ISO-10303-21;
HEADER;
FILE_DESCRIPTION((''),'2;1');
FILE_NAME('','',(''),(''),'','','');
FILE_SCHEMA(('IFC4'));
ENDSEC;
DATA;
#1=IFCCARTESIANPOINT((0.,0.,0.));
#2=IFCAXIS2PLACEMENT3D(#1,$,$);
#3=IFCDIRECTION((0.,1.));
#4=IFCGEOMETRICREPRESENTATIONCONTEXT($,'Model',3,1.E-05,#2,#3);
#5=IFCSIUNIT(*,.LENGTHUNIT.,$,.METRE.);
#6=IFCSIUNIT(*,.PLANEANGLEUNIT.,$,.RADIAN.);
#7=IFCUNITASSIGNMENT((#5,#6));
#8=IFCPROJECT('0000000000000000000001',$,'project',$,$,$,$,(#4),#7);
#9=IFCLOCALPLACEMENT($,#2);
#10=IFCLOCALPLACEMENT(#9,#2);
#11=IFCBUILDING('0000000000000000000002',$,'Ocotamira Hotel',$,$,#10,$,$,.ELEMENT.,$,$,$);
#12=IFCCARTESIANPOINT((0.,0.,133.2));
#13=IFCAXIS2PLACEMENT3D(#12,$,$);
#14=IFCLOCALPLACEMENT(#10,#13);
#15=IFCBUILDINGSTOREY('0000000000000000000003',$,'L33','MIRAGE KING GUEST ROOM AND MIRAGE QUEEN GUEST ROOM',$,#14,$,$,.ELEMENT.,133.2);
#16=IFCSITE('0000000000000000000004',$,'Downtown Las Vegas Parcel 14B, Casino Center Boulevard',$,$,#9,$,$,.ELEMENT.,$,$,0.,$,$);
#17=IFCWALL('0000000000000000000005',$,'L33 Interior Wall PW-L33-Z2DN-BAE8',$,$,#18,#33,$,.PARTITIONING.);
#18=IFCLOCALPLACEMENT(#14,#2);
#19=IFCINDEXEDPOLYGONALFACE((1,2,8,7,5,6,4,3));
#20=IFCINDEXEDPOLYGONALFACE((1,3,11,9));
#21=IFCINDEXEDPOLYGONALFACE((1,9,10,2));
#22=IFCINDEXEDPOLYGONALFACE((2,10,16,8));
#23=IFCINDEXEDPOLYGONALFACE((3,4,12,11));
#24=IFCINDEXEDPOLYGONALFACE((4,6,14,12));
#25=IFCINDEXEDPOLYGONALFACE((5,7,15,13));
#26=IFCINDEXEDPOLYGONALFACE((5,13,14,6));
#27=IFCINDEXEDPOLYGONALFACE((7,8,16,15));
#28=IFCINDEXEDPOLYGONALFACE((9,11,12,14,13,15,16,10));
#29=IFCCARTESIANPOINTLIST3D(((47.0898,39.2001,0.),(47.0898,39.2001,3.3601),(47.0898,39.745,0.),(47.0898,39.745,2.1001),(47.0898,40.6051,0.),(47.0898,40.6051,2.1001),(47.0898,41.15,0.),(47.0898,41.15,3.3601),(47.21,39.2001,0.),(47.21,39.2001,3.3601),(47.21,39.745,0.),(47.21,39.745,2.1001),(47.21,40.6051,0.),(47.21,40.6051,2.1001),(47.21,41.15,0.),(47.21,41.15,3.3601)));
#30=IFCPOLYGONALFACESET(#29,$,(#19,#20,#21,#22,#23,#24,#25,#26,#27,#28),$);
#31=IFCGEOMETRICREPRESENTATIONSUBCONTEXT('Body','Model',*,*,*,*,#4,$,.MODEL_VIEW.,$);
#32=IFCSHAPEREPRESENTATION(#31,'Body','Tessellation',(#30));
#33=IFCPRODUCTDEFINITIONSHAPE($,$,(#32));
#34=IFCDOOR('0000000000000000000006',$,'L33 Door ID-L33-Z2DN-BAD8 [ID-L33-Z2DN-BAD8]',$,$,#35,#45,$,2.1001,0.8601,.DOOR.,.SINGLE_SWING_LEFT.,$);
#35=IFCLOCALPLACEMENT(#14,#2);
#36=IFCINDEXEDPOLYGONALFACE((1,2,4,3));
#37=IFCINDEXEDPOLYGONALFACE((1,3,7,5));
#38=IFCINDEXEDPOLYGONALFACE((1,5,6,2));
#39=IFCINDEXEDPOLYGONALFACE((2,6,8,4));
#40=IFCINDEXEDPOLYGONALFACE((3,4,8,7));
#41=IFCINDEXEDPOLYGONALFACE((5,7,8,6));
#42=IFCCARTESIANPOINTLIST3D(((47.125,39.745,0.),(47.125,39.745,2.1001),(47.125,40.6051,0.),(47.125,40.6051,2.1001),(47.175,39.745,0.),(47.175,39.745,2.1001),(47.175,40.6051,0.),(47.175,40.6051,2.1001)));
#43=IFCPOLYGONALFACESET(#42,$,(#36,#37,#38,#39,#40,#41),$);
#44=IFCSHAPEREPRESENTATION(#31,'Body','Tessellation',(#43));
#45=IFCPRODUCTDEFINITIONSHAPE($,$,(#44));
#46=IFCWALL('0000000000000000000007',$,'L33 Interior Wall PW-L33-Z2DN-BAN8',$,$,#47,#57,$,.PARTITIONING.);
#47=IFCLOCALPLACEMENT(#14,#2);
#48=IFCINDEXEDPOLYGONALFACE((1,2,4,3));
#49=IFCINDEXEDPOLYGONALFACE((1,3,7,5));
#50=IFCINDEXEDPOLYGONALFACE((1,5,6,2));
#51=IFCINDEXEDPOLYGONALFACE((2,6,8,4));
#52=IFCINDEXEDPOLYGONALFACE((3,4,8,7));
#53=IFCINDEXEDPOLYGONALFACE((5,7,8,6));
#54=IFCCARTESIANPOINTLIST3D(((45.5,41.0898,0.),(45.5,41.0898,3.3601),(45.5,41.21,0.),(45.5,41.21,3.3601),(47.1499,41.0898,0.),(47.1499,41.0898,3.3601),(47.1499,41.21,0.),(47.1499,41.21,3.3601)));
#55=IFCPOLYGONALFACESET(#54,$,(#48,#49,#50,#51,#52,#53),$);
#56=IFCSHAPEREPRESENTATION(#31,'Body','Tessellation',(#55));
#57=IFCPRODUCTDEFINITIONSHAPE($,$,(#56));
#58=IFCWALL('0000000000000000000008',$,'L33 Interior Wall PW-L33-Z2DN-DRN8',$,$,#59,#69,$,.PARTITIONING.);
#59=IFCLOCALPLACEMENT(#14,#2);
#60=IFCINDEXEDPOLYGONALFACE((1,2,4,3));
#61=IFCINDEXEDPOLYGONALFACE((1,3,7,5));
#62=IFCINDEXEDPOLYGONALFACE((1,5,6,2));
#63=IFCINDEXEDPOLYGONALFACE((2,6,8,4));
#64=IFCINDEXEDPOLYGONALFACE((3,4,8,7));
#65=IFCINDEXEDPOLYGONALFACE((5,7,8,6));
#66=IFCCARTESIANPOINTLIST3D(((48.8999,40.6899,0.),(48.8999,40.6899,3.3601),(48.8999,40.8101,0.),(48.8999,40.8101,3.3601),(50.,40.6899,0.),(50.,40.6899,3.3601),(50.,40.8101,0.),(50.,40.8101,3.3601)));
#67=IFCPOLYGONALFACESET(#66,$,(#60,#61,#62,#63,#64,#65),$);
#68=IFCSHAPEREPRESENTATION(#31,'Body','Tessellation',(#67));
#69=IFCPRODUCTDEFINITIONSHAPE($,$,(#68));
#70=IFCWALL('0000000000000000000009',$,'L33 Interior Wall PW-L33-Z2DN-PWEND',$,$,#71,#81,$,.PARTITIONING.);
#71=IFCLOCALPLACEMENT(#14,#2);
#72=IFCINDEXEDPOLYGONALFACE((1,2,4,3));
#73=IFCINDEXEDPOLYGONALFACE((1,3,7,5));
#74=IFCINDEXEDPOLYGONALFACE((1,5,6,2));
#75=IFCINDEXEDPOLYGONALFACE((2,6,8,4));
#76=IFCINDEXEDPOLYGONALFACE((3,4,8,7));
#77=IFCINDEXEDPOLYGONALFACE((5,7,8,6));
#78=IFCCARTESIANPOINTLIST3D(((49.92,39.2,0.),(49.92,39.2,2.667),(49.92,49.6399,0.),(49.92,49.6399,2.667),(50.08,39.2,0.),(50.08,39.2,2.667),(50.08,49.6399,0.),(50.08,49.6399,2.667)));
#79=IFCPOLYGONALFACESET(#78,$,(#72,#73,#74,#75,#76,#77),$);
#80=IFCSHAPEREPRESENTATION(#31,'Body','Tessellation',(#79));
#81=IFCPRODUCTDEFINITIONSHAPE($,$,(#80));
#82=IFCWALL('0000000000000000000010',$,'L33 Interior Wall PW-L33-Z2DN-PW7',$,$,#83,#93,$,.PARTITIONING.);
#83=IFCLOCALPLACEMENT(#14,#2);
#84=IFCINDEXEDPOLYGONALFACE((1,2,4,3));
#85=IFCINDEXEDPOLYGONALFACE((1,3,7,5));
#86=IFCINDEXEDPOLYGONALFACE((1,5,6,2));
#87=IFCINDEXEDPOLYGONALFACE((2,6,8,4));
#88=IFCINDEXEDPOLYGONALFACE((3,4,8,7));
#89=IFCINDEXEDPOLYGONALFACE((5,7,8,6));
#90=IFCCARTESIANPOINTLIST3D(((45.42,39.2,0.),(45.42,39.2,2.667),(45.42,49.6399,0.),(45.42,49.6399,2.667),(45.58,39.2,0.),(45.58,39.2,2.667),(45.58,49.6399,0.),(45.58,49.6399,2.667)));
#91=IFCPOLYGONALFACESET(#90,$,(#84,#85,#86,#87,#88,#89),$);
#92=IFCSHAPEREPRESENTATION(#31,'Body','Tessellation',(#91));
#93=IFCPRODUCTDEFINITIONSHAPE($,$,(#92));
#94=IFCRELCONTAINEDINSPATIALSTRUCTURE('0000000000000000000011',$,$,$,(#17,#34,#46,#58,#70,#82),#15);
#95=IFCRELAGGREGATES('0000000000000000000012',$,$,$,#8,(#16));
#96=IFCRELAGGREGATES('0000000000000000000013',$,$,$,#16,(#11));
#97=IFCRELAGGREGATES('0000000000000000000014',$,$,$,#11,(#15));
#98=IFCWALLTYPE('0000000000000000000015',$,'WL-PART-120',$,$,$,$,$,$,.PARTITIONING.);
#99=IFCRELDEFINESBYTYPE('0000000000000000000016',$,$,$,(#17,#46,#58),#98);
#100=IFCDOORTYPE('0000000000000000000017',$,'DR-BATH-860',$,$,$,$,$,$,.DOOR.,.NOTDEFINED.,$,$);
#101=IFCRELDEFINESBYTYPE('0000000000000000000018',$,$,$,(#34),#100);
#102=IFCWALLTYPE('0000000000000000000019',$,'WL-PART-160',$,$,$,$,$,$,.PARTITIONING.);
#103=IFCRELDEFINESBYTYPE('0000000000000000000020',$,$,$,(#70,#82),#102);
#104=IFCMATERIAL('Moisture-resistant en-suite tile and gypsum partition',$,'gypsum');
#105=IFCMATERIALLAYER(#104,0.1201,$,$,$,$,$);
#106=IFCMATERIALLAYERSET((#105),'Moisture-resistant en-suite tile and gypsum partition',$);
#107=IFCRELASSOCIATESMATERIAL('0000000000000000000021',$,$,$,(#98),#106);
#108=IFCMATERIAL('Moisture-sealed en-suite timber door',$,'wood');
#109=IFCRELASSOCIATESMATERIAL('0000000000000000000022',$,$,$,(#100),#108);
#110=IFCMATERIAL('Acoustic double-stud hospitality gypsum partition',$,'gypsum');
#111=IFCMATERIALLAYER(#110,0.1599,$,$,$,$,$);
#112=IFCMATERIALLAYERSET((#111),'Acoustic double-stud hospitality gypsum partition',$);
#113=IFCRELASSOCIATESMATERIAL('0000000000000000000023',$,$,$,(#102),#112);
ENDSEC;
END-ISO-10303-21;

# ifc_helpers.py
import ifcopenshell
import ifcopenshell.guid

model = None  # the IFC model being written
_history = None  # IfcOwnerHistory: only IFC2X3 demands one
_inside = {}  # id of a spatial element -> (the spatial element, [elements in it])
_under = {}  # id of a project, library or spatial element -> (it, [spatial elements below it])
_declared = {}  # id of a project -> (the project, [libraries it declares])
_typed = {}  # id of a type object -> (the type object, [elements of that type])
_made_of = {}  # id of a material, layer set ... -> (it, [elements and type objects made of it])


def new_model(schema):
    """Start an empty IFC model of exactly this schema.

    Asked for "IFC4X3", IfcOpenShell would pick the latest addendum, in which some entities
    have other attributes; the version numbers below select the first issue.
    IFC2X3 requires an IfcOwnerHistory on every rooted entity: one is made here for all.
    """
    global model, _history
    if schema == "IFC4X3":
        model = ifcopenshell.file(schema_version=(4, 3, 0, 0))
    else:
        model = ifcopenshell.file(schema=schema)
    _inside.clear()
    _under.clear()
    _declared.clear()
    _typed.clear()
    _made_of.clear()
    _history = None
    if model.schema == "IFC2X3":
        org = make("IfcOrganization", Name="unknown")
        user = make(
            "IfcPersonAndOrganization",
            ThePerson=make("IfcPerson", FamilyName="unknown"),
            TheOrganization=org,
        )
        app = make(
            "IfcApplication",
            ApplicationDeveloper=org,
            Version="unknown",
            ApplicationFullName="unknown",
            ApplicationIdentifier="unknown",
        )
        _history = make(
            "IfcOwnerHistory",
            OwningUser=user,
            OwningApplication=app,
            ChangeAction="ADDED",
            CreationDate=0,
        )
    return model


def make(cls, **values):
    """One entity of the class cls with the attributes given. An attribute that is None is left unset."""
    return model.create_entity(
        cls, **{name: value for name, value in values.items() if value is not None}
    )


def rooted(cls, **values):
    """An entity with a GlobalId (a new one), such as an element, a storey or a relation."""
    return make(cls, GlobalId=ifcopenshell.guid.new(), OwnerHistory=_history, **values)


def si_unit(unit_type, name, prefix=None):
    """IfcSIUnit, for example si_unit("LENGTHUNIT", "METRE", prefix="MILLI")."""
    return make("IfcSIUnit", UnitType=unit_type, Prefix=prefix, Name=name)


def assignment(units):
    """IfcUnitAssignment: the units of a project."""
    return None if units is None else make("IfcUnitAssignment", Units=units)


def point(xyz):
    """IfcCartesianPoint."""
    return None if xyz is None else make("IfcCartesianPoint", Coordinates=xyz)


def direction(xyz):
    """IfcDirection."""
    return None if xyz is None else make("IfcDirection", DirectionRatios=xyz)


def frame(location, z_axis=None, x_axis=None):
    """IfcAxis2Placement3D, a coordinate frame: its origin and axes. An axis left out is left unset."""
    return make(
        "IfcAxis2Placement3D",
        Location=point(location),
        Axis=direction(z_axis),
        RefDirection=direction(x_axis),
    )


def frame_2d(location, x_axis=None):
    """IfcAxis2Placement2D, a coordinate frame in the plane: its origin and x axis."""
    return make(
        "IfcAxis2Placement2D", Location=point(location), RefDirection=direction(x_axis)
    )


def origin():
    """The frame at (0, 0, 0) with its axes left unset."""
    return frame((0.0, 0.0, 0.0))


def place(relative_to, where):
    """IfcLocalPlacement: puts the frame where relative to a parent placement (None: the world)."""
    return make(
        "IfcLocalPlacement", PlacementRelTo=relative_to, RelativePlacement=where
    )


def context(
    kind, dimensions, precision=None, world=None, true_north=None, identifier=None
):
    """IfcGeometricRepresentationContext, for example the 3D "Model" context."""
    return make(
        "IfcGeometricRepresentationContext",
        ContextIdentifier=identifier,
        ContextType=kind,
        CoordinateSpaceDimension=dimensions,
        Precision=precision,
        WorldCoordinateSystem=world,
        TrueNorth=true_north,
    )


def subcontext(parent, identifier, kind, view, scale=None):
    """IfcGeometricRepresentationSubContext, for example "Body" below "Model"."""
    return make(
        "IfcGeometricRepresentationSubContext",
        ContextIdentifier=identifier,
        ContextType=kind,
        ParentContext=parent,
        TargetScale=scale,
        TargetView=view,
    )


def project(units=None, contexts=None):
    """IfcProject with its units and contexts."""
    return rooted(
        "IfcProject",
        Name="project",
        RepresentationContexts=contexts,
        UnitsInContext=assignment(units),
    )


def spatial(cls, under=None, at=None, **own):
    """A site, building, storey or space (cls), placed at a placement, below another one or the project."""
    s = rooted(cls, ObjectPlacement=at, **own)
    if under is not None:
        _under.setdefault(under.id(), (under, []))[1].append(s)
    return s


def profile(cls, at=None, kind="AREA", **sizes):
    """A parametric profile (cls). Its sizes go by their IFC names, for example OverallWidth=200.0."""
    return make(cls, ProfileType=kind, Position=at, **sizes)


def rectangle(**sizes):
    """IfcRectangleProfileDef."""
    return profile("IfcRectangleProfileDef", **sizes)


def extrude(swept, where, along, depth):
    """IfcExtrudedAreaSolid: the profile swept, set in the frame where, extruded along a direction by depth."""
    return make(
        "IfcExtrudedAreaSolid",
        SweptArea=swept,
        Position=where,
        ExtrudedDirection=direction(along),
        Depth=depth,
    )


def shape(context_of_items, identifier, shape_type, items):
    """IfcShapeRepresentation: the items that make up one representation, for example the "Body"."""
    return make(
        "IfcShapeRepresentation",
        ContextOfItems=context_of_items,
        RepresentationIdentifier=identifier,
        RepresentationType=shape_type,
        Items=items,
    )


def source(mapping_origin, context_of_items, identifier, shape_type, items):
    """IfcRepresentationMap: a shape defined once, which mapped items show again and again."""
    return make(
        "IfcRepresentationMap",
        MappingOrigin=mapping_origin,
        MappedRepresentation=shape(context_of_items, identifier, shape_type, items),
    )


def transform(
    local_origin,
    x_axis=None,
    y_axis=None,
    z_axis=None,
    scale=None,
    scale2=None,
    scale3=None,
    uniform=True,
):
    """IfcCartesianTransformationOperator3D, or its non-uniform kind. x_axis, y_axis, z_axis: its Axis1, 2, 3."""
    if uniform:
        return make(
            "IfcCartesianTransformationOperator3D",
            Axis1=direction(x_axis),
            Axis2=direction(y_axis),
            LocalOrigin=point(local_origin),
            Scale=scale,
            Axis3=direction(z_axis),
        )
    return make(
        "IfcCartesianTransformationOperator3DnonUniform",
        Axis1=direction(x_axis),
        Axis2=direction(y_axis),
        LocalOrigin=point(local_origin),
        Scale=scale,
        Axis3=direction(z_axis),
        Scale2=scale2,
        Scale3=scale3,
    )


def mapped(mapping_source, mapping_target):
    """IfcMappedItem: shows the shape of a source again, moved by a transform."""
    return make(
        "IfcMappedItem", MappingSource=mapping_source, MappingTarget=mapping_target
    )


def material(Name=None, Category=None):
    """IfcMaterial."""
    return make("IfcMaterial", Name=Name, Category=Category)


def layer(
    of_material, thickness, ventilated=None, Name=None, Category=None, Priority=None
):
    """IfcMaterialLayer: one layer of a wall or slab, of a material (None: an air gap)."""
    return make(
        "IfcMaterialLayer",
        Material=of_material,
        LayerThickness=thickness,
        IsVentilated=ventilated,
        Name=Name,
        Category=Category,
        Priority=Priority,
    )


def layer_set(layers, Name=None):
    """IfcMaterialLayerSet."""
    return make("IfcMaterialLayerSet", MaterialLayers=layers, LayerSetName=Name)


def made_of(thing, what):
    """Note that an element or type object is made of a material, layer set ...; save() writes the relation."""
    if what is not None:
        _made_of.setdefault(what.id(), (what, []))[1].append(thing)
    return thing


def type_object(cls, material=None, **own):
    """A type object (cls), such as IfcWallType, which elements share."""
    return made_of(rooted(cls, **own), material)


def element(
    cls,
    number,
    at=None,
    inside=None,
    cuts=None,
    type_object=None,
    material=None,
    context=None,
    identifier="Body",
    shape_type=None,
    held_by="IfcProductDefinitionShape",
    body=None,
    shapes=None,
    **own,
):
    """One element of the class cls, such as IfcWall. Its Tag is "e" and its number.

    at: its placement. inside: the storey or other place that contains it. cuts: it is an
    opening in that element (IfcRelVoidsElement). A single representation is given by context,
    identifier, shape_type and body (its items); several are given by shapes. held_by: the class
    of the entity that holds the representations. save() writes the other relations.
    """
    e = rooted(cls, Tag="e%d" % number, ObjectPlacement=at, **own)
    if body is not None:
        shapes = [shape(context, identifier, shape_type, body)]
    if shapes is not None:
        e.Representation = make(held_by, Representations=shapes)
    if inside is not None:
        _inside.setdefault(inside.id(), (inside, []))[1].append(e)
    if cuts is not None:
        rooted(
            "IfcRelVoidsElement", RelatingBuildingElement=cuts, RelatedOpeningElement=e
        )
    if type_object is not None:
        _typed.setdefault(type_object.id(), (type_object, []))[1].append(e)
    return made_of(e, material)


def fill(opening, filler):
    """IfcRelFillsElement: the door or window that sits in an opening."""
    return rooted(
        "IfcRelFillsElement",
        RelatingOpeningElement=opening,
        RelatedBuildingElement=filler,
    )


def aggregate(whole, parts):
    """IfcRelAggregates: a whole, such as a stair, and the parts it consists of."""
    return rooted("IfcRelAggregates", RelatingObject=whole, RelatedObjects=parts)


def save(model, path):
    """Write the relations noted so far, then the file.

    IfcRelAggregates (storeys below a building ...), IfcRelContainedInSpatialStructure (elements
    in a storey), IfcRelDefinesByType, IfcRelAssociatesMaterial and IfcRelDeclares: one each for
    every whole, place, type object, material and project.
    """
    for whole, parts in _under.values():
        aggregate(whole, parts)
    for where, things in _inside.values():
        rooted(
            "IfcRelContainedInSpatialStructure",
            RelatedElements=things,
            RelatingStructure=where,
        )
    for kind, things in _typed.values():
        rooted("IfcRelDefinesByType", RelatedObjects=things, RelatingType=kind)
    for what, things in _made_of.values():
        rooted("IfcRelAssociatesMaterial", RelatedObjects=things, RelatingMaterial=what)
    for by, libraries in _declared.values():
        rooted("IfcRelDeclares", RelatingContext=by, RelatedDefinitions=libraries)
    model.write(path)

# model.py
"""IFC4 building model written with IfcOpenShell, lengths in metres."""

from ifc_helpers import new_model, si_unit, direction, frame, frame_2d, origin, place, context, subcontext, project, spatial, rectangle, extrude, source, transform, mapped, material, layer, layer_set, type_object, element, fill, save


model = new_model("IFC4")

# Units and contexts
model_context = context("Model", 3, precision=1e-05, world=origin(), true_north=direction((0.0, 1.0)))
body_context = subcontext(model_context, "Body", "Model", "MODEL_VIEW")
ifc_project = project(units=[si_unit("LENGTHUNIT", "METRE"), si_unit("PLANEANGLEUNIT", "RADIAN")], contexts=[model_context])

# Site, building, storey
site_placement = place(None, origin())
site = spatial("IfcSite", under=ifc_project, at=site_placement, Name="Downtown Las Vegas Parcel 14B, Casino Center Boulevard", CompositionType="ELEMENT", RefElevation=0.0)
building_placement = place(site_placement, origin())
building = spatial("IfcBuilding", under=site, at=building_placement, Name="Ocotamira Hotel", CompositionType="ELEMENT")
storey_placement = place(building_placement, frame((0.0, 0.0, 133.2)))
storey = spatial("IfcBuildingStorey", under=building, at=storey_placement, Name="L33", Description="MIRAGE KING GUEST ROOM AND MIRAGE QUEEN GUEST ROOM", CompositionType="ELEMENT", Elevation=133.2)

# Shared definitions
ifc_material_1 = material(Name="Moisture-resistant en-suite tile and gypsum partition", Category="gypsum")
ifc_layer_1 = layer(ifc_material_1, 0.1201)
ifc_layer_set_1 = layer_set([ifc_layer_1], Name="Moisture-resistant en-suite tile and gypsum partition")
wall_type_1 = type_object("IfcWallType", Name="WL-PART-120", PredefinedType="PARTITIONING", material=ifc_layer_set_1)

# Wall, opening, door
wall_1_placement = place(storey_placement, frame((47.1499, 39.2, 0.0), z_axis=(0.0, 0.0, 1.0), x_axis=(0.0, 1.0, 0.0)))
wall_1 = element("IfcWall", 1, at=wall_1_placement, inside=storey, type_object=wall_type_1, Name="L33 Interior Wall PW-L33-Z2DN-BAE8", PredefinedType="PARTITIONING", context=body_context, shape_type="SweptSolid", body=[
    extrude(rectangle(XDim=1.95, YDim=0.1201, at=frame_2d((0.9751, 0.0))), origin(), (0.0, 0.0, 1.0), 3.3601),
])
opening_1_placement = place(wall_1_placement, frame((0.5449, 0.0, 0.0)))
opening_1 = element("IfcOpeningElement", 2, at=opening_1_placement, cuts=wall_1, PredefinedType="OPENING", context=body_context, shape_type="SweptSolid", body=[
    extrude(rectangle(XDim=0.8601, YDim=2.1001, at=frame_2d((0.4302, 1.05))), frame((0.0, 0.0701, 0.0), z_axis=(0.0, -1.0, 0.0), x_axis=(1.0, 0.0, 0.0)), (0.0, 0.0, 1.0), 0.1401),
])
ifc_material_2 = material(Name="Moisture-sealed en-suite timber door", Category="wood")
door_type_1 = type_object("IfcDoorType", Name="DR-BATH-860", OperationType="NOTDEFINED", PredefinedType="DOOR", material=ifc_material_2)
shared_shape_1 = source(origin(), body_context, "Body", "SweptSolid", [
    extrude(rectangle(XDim=0.8601, YDim=2.1001, at=frame_2d((0.4302, 1.05))), frame((0.0, 0.0249, 0.0), z_axis=(0.0, -1.0, 0.0), x_axis=(1.0, 0.0, 0.0)), (0.0, 0.0, 1.0), 0.05),
])
door_1_placement = place(opening_1_placement, origin())
door_1 = element("IfcDoor", 3, at=door_1_placement, inside=storey, type_object=door_type_1, Name="L33 Door ID-L33-Z2DN-BAD8 [ID-L33-Z2DN-BAD8]", OperationType="SINGLE_SWING_LEFT", OverallHeight=2.1001, OverallWidth=0.8601, PredefinedType="DOOR", context=body_context, shape_type="MappedRepresentation", body=[
    mapped(shared_shape_1, transform((0.0, 0.0, 0.0), scale=1.0)),
])
fill(opening_1, door_1)

# Walls
wall_2_placement = place(storey_placement, frame((45.5, 41.1499, 0.0), z_axis=(0.0, 0.0, 1.0), x_axis=(1.0, 0.0, 0.0)))
element("IfcWall", 4, at=wall_2_placement, inside=storey, type_object=wall_type_1, Name="L33 Interior Wall PW-L33-Z2DN-BAN8", PredefinedType="PARTITIONING", context=body_context, shape_type="SweptSolid", body=[
    extrude(rectangle(XDim=1.6499, YDim=0.1201, at=frame_2d((0.825, 0.0))), origin(), (0.0, 0.0, 1.0), 3.3601),
])
wall_3_placement = place(storey_placement, frame((48.8999, 40.75, 0.0), z_axis=(0.0, 0.0, 1.0), x_axis=(1.0, 0.0, 0.0)))
element("IfcWall", 5, at=wall_3_placement, inside=storey, type_object=wall_type_1, Name="L33 Interior Wall PW-L33-Z2DN-DRN8", PredefinedType="PARTITIONING", context=body_context, shape_type="SweptSolid", body=[
    extrude(rectangle(XDim=1.1001, YDim=0.1201, at=frame_2d((0.55, 0.0))), origin(), (0.0, 0.0, 1.0), 3.3601),
])
ifc_material_3 = material(Name="Acoustic double-stud hospitality gypsum partition", Category="gypsum")
ifc_layer_2 = layer(ifc_material_3, 0.1599)
ifc_layer_set_2 = layer_set([ifc_layer_2], Name="Acoustic double-stud hospitality gypsum partition")
wall_type_2 = type_object("IfcWallType", Name="WL-PART-160", PredefinedType="PARTITIONING", material=ifc_layer_set_2)
for number, where, z_axis, x_axis, name in (
    (6, (50.0, 39.2, 0.0), (0.0, 0.0, 1.0), (0.0, 1.0, 0.0), "L33 Interior Wall PW-L33-Z2DN-PWEND"),
    (7, (45.5, 39.2, 0.0), (0.0, 0.0, 1.0), (0.0, 1.0, 0.0), "L33 Interior Wall PW-L33-Z2DN-PW7"),
):
    element("IfcWall", number, at=place(storey_placement, frame(where, z_axis=z_axis, x_axis=x_axis)), inside=storey, type_object=wall_type_2, Name=name, PredefinedType="PARTITIONING", context=body_context, shape_type="SweptSolid", body=[
        extrude(rectangle(XDim=10.4399, YDim=0.1599, at=frame_2d((5.22, 0.0))), origin(), (0.0, 0.0, 1.0), 2.667),
    ])

save(model, "model.ifc")
